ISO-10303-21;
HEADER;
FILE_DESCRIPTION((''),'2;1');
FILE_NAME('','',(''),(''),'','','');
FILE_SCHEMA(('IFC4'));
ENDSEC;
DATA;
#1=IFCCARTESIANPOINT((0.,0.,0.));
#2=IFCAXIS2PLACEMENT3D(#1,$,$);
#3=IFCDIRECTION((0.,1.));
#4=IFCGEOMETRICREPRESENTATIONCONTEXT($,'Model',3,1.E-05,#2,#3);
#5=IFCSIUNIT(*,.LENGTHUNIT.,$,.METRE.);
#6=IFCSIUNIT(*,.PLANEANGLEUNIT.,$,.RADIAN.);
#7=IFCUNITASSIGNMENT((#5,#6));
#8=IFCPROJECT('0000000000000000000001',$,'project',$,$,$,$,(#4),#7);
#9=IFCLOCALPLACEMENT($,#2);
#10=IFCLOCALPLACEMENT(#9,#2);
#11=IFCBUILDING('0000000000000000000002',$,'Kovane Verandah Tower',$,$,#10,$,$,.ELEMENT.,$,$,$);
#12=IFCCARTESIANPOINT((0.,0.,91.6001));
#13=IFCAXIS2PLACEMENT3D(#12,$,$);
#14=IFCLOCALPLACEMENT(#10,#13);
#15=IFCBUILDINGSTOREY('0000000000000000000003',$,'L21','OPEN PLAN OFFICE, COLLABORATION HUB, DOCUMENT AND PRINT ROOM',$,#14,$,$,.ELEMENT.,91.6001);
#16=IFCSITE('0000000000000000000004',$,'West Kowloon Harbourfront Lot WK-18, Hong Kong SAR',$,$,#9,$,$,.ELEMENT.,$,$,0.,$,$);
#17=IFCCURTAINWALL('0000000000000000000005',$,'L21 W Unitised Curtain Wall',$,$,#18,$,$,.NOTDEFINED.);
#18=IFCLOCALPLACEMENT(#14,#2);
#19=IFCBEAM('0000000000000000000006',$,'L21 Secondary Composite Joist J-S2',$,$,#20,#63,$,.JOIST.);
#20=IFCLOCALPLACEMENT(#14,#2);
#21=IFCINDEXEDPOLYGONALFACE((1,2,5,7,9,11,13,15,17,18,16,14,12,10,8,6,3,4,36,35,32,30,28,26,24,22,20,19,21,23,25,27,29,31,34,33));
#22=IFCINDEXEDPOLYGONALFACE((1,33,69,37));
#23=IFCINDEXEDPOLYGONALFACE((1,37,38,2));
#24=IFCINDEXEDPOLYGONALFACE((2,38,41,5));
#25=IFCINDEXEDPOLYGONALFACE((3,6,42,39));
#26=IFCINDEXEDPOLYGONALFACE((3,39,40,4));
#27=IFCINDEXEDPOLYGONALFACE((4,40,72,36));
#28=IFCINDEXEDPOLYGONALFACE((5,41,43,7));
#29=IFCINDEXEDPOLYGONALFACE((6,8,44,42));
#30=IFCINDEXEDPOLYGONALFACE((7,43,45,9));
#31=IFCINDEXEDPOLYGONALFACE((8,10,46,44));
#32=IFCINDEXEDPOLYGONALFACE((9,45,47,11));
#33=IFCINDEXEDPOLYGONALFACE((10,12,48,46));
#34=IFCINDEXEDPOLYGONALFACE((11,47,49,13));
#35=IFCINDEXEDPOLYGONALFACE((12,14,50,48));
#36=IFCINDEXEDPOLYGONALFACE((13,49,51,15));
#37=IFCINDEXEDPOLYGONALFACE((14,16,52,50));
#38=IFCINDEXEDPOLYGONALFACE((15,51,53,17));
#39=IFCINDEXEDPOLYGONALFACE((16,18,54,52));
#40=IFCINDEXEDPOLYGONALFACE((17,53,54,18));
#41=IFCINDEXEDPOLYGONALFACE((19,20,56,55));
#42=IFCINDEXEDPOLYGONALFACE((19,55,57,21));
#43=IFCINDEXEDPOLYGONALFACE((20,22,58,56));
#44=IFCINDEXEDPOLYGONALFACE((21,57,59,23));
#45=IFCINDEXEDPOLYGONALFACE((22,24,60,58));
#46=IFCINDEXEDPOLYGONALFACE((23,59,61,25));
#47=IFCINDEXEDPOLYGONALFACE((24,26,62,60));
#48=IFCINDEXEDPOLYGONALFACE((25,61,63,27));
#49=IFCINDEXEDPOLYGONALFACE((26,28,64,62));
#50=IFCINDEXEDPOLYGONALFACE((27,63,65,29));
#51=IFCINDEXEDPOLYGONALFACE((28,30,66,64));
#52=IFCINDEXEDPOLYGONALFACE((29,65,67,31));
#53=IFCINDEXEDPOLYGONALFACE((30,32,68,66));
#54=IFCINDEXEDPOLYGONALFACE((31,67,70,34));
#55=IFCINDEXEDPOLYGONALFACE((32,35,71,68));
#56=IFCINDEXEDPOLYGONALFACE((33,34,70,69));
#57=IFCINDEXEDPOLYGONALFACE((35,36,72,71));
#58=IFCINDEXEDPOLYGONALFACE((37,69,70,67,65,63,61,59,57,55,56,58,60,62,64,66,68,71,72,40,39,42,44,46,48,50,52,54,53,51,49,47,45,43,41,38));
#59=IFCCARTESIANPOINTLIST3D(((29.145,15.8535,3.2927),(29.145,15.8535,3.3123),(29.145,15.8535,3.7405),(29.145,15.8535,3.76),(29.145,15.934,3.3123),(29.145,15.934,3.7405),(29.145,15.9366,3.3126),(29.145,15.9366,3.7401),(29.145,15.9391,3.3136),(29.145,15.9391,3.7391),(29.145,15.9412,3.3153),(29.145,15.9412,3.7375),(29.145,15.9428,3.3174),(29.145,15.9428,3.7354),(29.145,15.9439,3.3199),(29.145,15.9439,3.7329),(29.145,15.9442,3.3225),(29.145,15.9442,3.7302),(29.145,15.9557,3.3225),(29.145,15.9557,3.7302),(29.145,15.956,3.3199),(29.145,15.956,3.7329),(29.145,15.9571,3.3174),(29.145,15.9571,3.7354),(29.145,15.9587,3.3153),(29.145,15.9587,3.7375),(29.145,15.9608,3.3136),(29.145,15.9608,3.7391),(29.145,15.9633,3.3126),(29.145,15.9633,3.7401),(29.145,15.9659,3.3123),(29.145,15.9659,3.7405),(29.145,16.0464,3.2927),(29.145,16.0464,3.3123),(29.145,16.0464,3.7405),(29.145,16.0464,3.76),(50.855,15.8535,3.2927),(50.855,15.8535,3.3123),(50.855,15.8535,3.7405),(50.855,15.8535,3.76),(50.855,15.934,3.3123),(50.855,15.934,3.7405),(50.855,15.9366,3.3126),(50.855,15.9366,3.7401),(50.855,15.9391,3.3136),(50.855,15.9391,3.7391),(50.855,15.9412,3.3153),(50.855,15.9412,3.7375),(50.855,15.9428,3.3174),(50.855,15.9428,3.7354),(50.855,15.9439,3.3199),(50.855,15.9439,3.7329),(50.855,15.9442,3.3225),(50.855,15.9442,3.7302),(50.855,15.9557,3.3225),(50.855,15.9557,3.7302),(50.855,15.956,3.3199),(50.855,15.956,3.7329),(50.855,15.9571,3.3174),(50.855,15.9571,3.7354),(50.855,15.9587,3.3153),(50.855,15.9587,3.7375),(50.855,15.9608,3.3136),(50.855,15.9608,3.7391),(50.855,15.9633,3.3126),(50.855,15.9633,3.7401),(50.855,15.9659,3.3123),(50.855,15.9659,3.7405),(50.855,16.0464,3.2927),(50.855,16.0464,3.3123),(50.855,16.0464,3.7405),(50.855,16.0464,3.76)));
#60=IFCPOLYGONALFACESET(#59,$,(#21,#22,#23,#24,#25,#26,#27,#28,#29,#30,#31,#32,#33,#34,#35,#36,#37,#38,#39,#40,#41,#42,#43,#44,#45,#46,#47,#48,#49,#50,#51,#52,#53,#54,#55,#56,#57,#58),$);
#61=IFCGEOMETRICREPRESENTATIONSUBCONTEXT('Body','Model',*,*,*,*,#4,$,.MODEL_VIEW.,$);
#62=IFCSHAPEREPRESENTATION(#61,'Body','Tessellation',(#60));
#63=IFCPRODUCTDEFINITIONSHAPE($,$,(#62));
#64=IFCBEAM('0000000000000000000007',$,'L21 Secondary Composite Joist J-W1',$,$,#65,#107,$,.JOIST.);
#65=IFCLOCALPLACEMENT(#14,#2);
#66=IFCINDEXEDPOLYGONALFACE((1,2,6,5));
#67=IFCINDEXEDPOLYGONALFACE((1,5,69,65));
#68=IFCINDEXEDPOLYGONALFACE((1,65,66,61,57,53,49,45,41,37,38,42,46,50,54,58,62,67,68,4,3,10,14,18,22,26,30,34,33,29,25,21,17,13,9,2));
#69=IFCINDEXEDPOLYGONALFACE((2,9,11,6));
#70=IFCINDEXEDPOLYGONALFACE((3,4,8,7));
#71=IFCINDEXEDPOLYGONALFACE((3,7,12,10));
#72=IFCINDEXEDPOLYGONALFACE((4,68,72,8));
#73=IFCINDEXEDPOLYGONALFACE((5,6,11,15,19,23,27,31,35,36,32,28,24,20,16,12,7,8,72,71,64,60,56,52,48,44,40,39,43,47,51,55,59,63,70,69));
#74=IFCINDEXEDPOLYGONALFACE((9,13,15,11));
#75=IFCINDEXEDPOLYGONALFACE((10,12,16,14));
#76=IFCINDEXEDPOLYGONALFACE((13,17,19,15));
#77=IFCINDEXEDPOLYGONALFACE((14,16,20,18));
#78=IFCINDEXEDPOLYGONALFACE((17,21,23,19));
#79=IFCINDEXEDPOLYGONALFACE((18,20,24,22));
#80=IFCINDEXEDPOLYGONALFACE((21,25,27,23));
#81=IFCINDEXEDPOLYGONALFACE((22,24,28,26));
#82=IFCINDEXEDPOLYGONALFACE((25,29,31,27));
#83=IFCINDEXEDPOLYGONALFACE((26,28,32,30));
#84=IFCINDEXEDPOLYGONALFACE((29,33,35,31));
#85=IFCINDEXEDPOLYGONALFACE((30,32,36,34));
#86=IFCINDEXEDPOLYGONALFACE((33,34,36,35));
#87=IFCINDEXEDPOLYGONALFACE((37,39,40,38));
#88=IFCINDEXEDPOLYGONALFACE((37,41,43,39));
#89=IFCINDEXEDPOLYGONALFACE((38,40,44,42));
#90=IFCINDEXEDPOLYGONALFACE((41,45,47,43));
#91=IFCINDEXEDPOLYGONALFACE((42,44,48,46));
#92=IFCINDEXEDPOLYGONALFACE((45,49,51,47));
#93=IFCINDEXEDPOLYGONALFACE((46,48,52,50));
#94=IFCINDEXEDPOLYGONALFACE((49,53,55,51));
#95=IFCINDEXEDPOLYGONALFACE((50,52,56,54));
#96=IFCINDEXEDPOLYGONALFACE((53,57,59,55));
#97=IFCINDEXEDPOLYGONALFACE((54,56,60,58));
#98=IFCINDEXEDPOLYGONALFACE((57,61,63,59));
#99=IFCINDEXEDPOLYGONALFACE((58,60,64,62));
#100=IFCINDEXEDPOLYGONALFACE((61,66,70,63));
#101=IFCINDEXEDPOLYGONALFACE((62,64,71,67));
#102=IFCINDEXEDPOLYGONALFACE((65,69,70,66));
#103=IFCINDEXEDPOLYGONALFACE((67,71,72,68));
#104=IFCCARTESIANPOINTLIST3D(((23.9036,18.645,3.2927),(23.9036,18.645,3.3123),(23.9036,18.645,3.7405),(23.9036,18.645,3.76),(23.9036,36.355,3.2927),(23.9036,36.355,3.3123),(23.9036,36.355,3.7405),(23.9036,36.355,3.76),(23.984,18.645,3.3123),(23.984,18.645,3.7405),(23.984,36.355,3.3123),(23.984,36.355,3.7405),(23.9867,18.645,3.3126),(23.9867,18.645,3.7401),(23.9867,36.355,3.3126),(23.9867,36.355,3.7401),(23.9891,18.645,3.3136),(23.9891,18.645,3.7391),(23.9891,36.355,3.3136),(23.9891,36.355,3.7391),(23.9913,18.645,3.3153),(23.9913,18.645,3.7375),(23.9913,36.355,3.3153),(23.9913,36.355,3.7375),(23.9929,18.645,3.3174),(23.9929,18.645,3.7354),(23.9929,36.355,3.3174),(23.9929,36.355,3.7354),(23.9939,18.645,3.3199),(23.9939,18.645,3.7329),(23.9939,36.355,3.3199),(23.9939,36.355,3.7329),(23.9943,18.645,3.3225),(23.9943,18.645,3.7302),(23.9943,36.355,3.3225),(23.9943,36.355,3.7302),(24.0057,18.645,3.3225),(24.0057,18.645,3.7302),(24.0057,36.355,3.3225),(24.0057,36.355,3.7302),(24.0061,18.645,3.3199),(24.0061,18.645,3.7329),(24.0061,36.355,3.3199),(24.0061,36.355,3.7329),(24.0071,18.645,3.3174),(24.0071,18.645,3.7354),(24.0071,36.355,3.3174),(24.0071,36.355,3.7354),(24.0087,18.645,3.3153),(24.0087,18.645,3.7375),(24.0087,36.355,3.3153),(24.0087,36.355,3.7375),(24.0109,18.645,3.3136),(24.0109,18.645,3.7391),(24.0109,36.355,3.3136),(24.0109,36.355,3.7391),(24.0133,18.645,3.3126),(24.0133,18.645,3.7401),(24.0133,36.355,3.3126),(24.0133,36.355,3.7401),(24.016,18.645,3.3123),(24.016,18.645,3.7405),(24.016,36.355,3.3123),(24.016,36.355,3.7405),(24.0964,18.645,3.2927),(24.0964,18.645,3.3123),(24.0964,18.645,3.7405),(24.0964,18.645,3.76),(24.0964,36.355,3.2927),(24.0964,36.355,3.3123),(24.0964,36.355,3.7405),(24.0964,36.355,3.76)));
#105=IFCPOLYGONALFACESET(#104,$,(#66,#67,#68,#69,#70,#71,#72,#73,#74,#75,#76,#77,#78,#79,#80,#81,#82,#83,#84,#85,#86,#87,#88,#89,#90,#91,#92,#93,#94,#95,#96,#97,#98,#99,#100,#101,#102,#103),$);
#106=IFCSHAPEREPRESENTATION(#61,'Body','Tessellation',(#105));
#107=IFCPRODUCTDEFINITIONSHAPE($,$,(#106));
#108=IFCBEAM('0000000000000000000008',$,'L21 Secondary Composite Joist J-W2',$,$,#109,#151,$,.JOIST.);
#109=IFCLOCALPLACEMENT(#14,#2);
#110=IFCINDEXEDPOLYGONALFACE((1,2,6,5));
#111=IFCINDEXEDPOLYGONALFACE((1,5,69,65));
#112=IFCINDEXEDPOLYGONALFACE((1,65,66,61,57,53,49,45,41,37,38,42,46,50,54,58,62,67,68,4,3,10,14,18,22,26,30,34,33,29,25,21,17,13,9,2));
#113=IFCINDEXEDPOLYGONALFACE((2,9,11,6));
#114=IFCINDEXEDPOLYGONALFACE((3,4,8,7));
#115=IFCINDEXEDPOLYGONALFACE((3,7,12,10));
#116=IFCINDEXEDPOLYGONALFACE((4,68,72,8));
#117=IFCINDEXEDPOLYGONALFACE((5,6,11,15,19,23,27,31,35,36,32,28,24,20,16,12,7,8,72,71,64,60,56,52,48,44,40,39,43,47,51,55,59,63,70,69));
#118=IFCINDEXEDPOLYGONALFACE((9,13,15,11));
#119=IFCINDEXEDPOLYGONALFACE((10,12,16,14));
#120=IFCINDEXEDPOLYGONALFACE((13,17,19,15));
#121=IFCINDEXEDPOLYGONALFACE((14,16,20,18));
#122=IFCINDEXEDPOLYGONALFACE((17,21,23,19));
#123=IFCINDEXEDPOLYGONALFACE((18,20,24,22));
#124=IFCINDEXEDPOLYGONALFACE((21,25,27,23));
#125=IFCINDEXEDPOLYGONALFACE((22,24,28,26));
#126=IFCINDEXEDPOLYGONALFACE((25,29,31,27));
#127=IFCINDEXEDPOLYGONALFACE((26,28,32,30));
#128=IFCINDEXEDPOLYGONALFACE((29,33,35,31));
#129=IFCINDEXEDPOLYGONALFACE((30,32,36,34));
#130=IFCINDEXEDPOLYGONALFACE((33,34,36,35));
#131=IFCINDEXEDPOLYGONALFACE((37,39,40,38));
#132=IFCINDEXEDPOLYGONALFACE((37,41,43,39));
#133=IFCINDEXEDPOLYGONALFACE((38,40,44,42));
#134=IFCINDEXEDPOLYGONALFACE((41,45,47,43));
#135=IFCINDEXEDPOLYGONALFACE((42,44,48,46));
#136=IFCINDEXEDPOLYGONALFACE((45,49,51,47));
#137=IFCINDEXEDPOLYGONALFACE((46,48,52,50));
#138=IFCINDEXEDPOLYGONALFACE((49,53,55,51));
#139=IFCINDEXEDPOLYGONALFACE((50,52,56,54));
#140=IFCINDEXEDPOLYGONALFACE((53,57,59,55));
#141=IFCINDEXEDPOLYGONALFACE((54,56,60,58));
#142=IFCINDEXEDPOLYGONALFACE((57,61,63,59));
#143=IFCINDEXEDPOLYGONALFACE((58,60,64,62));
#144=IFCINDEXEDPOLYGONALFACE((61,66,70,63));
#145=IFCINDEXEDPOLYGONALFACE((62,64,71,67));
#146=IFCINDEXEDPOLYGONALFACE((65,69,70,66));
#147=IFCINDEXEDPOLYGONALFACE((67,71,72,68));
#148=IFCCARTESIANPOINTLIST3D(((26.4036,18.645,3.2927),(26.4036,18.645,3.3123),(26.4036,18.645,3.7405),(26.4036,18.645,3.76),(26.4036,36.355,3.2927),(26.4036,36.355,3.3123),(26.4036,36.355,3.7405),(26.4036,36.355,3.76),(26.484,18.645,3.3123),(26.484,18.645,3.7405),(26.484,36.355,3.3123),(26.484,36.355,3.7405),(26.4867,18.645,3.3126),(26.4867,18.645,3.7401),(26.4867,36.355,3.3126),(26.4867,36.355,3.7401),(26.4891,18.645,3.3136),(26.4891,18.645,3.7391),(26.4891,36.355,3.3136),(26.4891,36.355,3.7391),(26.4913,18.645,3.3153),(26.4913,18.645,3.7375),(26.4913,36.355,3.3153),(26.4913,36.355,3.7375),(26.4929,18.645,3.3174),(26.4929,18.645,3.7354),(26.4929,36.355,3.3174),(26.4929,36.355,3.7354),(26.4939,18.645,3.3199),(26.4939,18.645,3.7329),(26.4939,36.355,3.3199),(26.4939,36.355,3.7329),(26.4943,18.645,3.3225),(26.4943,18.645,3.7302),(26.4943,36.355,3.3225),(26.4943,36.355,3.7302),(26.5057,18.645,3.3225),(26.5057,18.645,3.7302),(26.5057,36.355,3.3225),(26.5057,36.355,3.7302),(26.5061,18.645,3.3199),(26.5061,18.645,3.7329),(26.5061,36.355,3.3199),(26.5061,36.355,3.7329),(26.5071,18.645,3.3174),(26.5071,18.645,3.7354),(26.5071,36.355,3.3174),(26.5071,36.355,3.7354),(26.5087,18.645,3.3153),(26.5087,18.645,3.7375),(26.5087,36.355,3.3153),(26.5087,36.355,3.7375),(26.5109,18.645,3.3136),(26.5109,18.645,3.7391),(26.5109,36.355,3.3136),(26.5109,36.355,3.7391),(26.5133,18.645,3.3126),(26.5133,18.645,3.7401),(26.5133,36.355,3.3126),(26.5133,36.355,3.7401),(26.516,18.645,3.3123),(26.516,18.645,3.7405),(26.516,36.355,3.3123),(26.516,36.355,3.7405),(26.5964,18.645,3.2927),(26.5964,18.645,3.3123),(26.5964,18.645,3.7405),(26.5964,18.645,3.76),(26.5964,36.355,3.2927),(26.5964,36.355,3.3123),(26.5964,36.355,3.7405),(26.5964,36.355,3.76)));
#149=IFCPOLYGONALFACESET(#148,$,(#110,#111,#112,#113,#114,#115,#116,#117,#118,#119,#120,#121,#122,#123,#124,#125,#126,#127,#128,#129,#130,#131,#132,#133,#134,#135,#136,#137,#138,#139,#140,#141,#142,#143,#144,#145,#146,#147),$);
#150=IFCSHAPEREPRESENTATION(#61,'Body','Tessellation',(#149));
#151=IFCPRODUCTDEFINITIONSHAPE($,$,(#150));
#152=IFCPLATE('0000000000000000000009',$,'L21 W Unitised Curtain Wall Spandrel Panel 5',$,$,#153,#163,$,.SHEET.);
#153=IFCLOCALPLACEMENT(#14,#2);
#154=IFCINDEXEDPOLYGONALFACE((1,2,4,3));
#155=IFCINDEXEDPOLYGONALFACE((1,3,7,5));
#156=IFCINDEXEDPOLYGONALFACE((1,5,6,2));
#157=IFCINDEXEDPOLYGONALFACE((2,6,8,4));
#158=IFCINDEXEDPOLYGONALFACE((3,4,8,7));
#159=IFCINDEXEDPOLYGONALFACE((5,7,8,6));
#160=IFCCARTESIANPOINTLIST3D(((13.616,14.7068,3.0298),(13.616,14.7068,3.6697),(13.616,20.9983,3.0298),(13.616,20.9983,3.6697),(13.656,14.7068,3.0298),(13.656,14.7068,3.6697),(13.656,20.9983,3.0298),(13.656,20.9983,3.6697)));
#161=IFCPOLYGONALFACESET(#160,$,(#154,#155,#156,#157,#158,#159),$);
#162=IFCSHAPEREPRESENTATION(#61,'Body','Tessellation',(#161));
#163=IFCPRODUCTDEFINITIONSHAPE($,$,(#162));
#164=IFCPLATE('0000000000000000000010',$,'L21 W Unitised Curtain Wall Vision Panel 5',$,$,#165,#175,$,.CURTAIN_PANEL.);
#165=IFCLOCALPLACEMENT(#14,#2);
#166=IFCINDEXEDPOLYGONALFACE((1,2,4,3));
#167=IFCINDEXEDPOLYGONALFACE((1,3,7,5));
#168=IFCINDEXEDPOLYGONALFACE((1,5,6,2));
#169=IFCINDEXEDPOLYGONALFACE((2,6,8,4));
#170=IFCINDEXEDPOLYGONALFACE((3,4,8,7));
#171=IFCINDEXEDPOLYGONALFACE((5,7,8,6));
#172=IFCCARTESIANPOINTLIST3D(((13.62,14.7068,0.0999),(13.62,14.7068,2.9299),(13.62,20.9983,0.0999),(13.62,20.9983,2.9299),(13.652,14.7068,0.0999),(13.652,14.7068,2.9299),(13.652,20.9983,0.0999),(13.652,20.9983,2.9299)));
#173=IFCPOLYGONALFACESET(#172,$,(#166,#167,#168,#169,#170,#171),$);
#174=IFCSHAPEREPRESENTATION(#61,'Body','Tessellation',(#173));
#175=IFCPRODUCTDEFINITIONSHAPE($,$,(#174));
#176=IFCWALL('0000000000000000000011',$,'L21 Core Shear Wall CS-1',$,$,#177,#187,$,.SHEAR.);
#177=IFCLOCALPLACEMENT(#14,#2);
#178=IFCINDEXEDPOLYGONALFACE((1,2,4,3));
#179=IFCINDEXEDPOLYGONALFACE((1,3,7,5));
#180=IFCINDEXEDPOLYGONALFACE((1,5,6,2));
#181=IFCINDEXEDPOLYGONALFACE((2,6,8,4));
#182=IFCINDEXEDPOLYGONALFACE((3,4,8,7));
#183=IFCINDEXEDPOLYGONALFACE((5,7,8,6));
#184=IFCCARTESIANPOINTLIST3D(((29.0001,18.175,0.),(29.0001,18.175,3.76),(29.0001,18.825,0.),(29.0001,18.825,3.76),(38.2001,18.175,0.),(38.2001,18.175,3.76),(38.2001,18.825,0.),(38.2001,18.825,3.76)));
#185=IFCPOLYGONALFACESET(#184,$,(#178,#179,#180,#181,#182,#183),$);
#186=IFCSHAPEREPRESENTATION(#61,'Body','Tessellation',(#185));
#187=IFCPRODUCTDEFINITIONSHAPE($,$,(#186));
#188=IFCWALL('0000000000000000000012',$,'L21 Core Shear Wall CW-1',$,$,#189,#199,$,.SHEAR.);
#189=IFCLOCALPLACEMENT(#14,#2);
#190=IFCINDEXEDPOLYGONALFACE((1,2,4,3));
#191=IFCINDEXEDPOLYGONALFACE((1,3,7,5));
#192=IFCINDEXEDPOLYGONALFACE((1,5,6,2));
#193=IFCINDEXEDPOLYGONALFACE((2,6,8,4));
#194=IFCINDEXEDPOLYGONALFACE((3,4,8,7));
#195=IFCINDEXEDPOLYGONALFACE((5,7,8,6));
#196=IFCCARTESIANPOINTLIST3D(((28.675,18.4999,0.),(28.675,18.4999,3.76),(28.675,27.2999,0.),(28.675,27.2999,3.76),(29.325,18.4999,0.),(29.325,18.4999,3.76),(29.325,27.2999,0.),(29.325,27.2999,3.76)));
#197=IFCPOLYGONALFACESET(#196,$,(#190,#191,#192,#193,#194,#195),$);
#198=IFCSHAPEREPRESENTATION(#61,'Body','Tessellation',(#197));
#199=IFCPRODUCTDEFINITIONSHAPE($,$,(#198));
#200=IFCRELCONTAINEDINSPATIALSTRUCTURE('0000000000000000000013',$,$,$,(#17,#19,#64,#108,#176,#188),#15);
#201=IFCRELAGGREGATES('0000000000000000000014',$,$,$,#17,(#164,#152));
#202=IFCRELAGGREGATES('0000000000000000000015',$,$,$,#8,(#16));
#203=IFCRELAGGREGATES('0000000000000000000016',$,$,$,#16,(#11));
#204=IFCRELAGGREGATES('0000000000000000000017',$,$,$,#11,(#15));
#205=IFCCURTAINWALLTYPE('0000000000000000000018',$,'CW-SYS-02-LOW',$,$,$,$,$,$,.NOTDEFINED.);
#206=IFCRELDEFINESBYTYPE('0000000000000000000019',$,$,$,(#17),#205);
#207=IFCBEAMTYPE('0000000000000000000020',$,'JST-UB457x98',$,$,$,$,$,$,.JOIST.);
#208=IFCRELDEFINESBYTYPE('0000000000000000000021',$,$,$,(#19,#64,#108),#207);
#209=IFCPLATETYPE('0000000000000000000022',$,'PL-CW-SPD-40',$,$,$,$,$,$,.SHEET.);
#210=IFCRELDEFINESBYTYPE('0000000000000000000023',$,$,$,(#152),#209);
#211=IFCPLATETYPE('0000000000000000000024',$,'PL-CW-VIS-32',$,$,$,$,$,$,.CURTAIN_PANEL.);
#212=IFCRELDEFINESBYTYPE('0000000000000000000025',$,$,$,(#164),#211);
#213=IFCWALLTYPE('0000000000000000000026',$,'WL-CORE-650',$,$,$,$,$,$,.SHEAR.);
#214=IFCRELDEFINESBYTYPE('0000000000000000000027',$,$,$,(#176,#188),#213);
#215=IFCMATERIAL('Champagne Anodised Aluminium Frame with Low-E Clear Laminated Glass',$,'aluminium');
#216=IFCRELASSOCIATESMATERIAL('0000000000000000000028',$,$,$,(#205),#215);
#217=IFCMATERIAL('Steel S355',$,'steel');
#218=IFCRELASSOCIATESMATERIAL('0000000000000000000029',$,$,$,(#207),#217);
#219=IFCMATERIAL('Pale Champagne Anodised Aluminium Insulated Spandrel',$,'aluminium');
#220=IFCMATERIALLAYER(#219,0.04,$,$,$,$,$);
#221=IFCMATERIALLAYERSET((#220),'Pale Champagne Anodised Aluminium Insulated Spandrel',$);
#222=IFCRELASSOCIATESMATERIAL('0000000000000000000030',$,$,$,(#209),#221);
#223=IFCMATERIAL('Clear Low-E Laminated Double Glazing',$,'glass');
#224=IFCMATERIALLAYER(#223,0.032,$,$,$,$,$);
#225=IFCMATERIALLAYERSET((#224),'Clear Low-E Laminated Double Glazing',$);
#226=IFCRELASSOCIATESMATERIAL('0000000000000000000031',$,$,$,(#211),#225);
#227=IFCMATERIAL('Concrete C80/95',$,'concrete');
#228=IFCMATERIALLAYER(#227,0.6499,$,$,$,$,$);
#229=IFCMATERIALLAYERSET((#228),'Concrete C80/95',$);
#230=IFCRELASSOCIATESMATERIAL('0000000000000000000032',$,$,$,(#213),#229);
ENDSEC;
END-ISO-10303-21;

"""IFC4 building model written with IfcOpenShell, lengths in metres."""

from ifc_helpers import new_model, si_unit, direction, frame, frame_2d, origin, origin_2d, place, context, subcontext, project, spatial, rectangle, i_section, extrude, material, layer, layer_set, material_profile, profile_set, type_object, element, aggregate, save


model = new_model("IFC4")

# Units and contexts
model_context = context("Model", 3, precision=1e-05, world=origin(), true_north=direction((0.0, 1.0)))
body_context = subcontext(model_context, "Body", "Model", "MODEL_VIEW")
ifc_project = project(units=[si_unit("LENGTHUNIT", "METRE"), si_unit("PLANEANGLEUNIT", "RADIAN")], contexts=[model_context])

# Site, building, storey
site_placement = place(None, origin())
site = spatial("IfcSite", under=ifc_project, at=site_placement, Name="West Kowloon Harbourfront Lot WK-18, Hong Kong SAR", CompositionType="ELEMENT", RefElevation=0.0)
building_placement = place(site_placement, origin())
building = spatial("IfcBuilding", under=site, at=building_placement, Name="Kovane Verandah Tower", CompositionType="ELEMENT")
storey_placement = place(building_placement, frame((0.0, 0.0, 91.6001)))
storey = spatial("IfcBuildingStorey", under=building, at=storey_placement, Name="L21", Description="OPEN PLAN OFFICE, COLLABORATION HUB, DOCUMENT AND PRINT ROOM", CompositionType="ELEMENT", Elevation=91.6001)

# Shared definitions
ifc_material_1 = material(Name="Concrete C80/95", Category="concrete")

# Shared definitions
ifc_material_2 = material(Name="Steel S355", Category="steel")

# Curtain wall
ifc_material_3 = material(Name="Champagne Anodised Aluminium Frame with Low-E Clear Laminated Glass", Category="aluminium")
curtain_wall_type = type_object("IfcCurtainWallType", Name="CW-SYS-02-LOW", PredefinedType="NOTDEFINED", material=ifc_material_3)
curtain_wall_placement = place(storey_placement, origin())
curtain_wall = element("IfcCurtainWall", 1, at=curtain_wall_placement, inside=storey, type_object=curtain_wall_type, Name="L21 W Unitised Curtain Wall", PredefinedType="NOTDEFINED")

# Beams
ifc_material_profile_1 = material_profile(ifc_material_2, i_section(OverallWidth=0.1929, OverallDepth=0.4673, WebThickness=0.0115, FlangeThickness=0.0195, FilletRadius=0.0103, at=origin_2d()), Name="UB457x191x98")
ifc_profile_set_1 = profile_set([ifc_material_profile_1], Name="Steel S355")
beam_type_1 = type_object("IfcBeamType", Name="JST-UB457x98", PredefinedType="JOIST", material=ifc_profile_set_1)
beam_1_placement = place(storey_placement, frame((29.145, 15.95, 3.5264), z_axis=(1.0, 0.0, 0.0), x_axis=(0.0, 1.0, 0.0)))
element("IfcBeam", 2, at=beam_1_placement, inside=storey, type_object=beam_type_1, Name="L21 Secondary Composite Joist J-S2", PredefinedType="JOIST", context=body_context, shape_type="SweptSolid", body=[
    extrude(i_section(OverallWidth=0.1929, OverallDepth=0.4673, WebThickness=0.0115, FlangeThickness=0.0195, FilletRadius=0.0103, at=origin_2d()), origin(), (0.0, 0.0, 1.0), 21.71),
])
for number, where, z_axis, x_axis, name in (
    (3, (24.0, 18.645, 3.5264), (0.0, 1.0, 0.0), (-1.0, 0.0, 0.0), "L21 Secondary Composite Joist J-W1"),
    (4, (26.5, 18.645, 3.5264), (0.0, 1.0, 0.0), (-1.0, 0.0, 0.0), "L21 Secondary Composite Joist J-W2"),
):
    element("IfcBeam", number, at=place(storey_placement, frame(where, z_axis=z_axis, x_axis=x_axis)), inside=storey, type_object=beam_type_1, Name=name, PredefinedType="JOIST", context=body_context, shape_type="SweptSolid", body=[
        extrude(i_section(OverallWidth=0.1929, OverallDepth=0.4673, WebThickness=0.0115, FlangeThickness=0.0195, FilletRadius=0.0103, at=origin_2d()), origin(), (0.0, 0.0, 1.0), 17.71),
    ])

# Plates
ifc_material_4 = material(Name="Pale Champagne Anodised Aluminium Insulated Spandrel", Category="aluminium")
ifc_layer_1 = layer(ifc_material_4, 0.04)
ifc_layer_set_1 = layer_set([ifc_layer_1], Name="Pale Champagne Anodised Aluminium Insulated Spandrel")
plate_type_1 = type_object("IfcPlateType", Name="PL-CW-SPD-40", PredefinedType="SHEET", material=ifc_layer_set_1)
plate_1_placement = place(storey_placement, frame((13.636, 17.8525, 3.0298), z_axis=(0.0, 0.0, 1.0), x_axis=(0.0, -1.0, 0.0)))
plate_1 = element("IfcPlate", 5, at=plate_1_placement, type_object=plate_type_1, Name="L21 W Unitised Curtain Wall Spandrel Panel 5", PredefinedType="SHEET", context=body_context, shape_type="SweptSolid", body=[
    extrude(rectangle(XDim=6.2915, YDim=0.04, at=origin_2d()), origin(), (0.0, 0.0, 1.0), 0.6399),
])
ifc_material_5 = material(Name="Clear Low-E Laminated Double Glazing", Category="glass")
ifc_layer_2 = layer(ifc_material_5, 0.032)
ifc_layer_set_2 = layer_set([ifc_layer_2], Name="Clear Low-E Laminated Double Glazing")
plate_type_2 = type_object("IfcPlateType", Name="PL-CW-VIS-32", PredefinedType="CURTAIN_PANEL", material=ifc_layer_set_2)
plate_2_placement = place(storey_placement, frame((13.636, 17.8525, 0.0999), z_axis=(0.0, 0.0, 1.0), x_axis=(0.0, -1.0, 0.0)))
plate_2 = element("IfcPlate", 6, at=plate_2_placement, type_object=plate_type_2, Name="L21 W Unitised Curtain Wall Vision Panel 5", PredefinedType="CURTAIN_PANEL", context=body_context, shape_type="SweptSolid", body=[
    extrude(rectangle(XDim=6.2915, YDim=0.032, at=origin_2d()), origin(), (0.0, 0.0, 1.0), 2.8301),
])
aggregate(curtain_wall, [plate_2, plate_1])

# Walls
ifc_layer_3 = layer(ifc_material_1, 0.6499)
ifc_layer_set_3 = layer_set([ifc_layer_3], Name="Concrete C80/95")
wall_type_1 = type_object("IfcWallType", Name="WL-CORE-650", PredefinedType="SHEAR", material=ifc_layer_set_3)
wall_1_placement = place(storey_placement, frame((29.0, 18.5, 0.0), z_axis=(0.0, 0.0, 1.0), x_axis=(1.0, 0.0, 0.0)))
element("IfcWall", 7, at=wall_1_placement, inside=storey, type_object=wall_type_1, Name="L21 Core Shear Wall CS-1", PredefinedType="SHEAR", context=body_context, shape_type="SweptSolid", body=[
    extrude(rectangle(XDim=9.2, YDim=0.6499, at=frame_2d((4.6001, 0.0))), origin(), (0.0, 0.0, 1.0), 3.76),
])
wall_2_placement = place(storey_placement, frame((29.0, 18.5, 0.0), z_axis=(0.0, 0.0, 1.0), x_axis=(0.0, 1.0, 0.0)))
element("IfcWall", 8, at=wall_2_placement, inside=storey, type_object=wall_type_1, Name="L21 Core Shear Wall CW-1", PredefinedType="SHEAR", context=body_context, shape_type="SweptSolid", body=[
    extrude(rectangle(XDim=8.8, YDim=0.6499, at=frame_2d((4.3999, 0.0))), origin(), (0.0, 0.0, 1.0), 3.76),
])

save(model, "model.ifc")
